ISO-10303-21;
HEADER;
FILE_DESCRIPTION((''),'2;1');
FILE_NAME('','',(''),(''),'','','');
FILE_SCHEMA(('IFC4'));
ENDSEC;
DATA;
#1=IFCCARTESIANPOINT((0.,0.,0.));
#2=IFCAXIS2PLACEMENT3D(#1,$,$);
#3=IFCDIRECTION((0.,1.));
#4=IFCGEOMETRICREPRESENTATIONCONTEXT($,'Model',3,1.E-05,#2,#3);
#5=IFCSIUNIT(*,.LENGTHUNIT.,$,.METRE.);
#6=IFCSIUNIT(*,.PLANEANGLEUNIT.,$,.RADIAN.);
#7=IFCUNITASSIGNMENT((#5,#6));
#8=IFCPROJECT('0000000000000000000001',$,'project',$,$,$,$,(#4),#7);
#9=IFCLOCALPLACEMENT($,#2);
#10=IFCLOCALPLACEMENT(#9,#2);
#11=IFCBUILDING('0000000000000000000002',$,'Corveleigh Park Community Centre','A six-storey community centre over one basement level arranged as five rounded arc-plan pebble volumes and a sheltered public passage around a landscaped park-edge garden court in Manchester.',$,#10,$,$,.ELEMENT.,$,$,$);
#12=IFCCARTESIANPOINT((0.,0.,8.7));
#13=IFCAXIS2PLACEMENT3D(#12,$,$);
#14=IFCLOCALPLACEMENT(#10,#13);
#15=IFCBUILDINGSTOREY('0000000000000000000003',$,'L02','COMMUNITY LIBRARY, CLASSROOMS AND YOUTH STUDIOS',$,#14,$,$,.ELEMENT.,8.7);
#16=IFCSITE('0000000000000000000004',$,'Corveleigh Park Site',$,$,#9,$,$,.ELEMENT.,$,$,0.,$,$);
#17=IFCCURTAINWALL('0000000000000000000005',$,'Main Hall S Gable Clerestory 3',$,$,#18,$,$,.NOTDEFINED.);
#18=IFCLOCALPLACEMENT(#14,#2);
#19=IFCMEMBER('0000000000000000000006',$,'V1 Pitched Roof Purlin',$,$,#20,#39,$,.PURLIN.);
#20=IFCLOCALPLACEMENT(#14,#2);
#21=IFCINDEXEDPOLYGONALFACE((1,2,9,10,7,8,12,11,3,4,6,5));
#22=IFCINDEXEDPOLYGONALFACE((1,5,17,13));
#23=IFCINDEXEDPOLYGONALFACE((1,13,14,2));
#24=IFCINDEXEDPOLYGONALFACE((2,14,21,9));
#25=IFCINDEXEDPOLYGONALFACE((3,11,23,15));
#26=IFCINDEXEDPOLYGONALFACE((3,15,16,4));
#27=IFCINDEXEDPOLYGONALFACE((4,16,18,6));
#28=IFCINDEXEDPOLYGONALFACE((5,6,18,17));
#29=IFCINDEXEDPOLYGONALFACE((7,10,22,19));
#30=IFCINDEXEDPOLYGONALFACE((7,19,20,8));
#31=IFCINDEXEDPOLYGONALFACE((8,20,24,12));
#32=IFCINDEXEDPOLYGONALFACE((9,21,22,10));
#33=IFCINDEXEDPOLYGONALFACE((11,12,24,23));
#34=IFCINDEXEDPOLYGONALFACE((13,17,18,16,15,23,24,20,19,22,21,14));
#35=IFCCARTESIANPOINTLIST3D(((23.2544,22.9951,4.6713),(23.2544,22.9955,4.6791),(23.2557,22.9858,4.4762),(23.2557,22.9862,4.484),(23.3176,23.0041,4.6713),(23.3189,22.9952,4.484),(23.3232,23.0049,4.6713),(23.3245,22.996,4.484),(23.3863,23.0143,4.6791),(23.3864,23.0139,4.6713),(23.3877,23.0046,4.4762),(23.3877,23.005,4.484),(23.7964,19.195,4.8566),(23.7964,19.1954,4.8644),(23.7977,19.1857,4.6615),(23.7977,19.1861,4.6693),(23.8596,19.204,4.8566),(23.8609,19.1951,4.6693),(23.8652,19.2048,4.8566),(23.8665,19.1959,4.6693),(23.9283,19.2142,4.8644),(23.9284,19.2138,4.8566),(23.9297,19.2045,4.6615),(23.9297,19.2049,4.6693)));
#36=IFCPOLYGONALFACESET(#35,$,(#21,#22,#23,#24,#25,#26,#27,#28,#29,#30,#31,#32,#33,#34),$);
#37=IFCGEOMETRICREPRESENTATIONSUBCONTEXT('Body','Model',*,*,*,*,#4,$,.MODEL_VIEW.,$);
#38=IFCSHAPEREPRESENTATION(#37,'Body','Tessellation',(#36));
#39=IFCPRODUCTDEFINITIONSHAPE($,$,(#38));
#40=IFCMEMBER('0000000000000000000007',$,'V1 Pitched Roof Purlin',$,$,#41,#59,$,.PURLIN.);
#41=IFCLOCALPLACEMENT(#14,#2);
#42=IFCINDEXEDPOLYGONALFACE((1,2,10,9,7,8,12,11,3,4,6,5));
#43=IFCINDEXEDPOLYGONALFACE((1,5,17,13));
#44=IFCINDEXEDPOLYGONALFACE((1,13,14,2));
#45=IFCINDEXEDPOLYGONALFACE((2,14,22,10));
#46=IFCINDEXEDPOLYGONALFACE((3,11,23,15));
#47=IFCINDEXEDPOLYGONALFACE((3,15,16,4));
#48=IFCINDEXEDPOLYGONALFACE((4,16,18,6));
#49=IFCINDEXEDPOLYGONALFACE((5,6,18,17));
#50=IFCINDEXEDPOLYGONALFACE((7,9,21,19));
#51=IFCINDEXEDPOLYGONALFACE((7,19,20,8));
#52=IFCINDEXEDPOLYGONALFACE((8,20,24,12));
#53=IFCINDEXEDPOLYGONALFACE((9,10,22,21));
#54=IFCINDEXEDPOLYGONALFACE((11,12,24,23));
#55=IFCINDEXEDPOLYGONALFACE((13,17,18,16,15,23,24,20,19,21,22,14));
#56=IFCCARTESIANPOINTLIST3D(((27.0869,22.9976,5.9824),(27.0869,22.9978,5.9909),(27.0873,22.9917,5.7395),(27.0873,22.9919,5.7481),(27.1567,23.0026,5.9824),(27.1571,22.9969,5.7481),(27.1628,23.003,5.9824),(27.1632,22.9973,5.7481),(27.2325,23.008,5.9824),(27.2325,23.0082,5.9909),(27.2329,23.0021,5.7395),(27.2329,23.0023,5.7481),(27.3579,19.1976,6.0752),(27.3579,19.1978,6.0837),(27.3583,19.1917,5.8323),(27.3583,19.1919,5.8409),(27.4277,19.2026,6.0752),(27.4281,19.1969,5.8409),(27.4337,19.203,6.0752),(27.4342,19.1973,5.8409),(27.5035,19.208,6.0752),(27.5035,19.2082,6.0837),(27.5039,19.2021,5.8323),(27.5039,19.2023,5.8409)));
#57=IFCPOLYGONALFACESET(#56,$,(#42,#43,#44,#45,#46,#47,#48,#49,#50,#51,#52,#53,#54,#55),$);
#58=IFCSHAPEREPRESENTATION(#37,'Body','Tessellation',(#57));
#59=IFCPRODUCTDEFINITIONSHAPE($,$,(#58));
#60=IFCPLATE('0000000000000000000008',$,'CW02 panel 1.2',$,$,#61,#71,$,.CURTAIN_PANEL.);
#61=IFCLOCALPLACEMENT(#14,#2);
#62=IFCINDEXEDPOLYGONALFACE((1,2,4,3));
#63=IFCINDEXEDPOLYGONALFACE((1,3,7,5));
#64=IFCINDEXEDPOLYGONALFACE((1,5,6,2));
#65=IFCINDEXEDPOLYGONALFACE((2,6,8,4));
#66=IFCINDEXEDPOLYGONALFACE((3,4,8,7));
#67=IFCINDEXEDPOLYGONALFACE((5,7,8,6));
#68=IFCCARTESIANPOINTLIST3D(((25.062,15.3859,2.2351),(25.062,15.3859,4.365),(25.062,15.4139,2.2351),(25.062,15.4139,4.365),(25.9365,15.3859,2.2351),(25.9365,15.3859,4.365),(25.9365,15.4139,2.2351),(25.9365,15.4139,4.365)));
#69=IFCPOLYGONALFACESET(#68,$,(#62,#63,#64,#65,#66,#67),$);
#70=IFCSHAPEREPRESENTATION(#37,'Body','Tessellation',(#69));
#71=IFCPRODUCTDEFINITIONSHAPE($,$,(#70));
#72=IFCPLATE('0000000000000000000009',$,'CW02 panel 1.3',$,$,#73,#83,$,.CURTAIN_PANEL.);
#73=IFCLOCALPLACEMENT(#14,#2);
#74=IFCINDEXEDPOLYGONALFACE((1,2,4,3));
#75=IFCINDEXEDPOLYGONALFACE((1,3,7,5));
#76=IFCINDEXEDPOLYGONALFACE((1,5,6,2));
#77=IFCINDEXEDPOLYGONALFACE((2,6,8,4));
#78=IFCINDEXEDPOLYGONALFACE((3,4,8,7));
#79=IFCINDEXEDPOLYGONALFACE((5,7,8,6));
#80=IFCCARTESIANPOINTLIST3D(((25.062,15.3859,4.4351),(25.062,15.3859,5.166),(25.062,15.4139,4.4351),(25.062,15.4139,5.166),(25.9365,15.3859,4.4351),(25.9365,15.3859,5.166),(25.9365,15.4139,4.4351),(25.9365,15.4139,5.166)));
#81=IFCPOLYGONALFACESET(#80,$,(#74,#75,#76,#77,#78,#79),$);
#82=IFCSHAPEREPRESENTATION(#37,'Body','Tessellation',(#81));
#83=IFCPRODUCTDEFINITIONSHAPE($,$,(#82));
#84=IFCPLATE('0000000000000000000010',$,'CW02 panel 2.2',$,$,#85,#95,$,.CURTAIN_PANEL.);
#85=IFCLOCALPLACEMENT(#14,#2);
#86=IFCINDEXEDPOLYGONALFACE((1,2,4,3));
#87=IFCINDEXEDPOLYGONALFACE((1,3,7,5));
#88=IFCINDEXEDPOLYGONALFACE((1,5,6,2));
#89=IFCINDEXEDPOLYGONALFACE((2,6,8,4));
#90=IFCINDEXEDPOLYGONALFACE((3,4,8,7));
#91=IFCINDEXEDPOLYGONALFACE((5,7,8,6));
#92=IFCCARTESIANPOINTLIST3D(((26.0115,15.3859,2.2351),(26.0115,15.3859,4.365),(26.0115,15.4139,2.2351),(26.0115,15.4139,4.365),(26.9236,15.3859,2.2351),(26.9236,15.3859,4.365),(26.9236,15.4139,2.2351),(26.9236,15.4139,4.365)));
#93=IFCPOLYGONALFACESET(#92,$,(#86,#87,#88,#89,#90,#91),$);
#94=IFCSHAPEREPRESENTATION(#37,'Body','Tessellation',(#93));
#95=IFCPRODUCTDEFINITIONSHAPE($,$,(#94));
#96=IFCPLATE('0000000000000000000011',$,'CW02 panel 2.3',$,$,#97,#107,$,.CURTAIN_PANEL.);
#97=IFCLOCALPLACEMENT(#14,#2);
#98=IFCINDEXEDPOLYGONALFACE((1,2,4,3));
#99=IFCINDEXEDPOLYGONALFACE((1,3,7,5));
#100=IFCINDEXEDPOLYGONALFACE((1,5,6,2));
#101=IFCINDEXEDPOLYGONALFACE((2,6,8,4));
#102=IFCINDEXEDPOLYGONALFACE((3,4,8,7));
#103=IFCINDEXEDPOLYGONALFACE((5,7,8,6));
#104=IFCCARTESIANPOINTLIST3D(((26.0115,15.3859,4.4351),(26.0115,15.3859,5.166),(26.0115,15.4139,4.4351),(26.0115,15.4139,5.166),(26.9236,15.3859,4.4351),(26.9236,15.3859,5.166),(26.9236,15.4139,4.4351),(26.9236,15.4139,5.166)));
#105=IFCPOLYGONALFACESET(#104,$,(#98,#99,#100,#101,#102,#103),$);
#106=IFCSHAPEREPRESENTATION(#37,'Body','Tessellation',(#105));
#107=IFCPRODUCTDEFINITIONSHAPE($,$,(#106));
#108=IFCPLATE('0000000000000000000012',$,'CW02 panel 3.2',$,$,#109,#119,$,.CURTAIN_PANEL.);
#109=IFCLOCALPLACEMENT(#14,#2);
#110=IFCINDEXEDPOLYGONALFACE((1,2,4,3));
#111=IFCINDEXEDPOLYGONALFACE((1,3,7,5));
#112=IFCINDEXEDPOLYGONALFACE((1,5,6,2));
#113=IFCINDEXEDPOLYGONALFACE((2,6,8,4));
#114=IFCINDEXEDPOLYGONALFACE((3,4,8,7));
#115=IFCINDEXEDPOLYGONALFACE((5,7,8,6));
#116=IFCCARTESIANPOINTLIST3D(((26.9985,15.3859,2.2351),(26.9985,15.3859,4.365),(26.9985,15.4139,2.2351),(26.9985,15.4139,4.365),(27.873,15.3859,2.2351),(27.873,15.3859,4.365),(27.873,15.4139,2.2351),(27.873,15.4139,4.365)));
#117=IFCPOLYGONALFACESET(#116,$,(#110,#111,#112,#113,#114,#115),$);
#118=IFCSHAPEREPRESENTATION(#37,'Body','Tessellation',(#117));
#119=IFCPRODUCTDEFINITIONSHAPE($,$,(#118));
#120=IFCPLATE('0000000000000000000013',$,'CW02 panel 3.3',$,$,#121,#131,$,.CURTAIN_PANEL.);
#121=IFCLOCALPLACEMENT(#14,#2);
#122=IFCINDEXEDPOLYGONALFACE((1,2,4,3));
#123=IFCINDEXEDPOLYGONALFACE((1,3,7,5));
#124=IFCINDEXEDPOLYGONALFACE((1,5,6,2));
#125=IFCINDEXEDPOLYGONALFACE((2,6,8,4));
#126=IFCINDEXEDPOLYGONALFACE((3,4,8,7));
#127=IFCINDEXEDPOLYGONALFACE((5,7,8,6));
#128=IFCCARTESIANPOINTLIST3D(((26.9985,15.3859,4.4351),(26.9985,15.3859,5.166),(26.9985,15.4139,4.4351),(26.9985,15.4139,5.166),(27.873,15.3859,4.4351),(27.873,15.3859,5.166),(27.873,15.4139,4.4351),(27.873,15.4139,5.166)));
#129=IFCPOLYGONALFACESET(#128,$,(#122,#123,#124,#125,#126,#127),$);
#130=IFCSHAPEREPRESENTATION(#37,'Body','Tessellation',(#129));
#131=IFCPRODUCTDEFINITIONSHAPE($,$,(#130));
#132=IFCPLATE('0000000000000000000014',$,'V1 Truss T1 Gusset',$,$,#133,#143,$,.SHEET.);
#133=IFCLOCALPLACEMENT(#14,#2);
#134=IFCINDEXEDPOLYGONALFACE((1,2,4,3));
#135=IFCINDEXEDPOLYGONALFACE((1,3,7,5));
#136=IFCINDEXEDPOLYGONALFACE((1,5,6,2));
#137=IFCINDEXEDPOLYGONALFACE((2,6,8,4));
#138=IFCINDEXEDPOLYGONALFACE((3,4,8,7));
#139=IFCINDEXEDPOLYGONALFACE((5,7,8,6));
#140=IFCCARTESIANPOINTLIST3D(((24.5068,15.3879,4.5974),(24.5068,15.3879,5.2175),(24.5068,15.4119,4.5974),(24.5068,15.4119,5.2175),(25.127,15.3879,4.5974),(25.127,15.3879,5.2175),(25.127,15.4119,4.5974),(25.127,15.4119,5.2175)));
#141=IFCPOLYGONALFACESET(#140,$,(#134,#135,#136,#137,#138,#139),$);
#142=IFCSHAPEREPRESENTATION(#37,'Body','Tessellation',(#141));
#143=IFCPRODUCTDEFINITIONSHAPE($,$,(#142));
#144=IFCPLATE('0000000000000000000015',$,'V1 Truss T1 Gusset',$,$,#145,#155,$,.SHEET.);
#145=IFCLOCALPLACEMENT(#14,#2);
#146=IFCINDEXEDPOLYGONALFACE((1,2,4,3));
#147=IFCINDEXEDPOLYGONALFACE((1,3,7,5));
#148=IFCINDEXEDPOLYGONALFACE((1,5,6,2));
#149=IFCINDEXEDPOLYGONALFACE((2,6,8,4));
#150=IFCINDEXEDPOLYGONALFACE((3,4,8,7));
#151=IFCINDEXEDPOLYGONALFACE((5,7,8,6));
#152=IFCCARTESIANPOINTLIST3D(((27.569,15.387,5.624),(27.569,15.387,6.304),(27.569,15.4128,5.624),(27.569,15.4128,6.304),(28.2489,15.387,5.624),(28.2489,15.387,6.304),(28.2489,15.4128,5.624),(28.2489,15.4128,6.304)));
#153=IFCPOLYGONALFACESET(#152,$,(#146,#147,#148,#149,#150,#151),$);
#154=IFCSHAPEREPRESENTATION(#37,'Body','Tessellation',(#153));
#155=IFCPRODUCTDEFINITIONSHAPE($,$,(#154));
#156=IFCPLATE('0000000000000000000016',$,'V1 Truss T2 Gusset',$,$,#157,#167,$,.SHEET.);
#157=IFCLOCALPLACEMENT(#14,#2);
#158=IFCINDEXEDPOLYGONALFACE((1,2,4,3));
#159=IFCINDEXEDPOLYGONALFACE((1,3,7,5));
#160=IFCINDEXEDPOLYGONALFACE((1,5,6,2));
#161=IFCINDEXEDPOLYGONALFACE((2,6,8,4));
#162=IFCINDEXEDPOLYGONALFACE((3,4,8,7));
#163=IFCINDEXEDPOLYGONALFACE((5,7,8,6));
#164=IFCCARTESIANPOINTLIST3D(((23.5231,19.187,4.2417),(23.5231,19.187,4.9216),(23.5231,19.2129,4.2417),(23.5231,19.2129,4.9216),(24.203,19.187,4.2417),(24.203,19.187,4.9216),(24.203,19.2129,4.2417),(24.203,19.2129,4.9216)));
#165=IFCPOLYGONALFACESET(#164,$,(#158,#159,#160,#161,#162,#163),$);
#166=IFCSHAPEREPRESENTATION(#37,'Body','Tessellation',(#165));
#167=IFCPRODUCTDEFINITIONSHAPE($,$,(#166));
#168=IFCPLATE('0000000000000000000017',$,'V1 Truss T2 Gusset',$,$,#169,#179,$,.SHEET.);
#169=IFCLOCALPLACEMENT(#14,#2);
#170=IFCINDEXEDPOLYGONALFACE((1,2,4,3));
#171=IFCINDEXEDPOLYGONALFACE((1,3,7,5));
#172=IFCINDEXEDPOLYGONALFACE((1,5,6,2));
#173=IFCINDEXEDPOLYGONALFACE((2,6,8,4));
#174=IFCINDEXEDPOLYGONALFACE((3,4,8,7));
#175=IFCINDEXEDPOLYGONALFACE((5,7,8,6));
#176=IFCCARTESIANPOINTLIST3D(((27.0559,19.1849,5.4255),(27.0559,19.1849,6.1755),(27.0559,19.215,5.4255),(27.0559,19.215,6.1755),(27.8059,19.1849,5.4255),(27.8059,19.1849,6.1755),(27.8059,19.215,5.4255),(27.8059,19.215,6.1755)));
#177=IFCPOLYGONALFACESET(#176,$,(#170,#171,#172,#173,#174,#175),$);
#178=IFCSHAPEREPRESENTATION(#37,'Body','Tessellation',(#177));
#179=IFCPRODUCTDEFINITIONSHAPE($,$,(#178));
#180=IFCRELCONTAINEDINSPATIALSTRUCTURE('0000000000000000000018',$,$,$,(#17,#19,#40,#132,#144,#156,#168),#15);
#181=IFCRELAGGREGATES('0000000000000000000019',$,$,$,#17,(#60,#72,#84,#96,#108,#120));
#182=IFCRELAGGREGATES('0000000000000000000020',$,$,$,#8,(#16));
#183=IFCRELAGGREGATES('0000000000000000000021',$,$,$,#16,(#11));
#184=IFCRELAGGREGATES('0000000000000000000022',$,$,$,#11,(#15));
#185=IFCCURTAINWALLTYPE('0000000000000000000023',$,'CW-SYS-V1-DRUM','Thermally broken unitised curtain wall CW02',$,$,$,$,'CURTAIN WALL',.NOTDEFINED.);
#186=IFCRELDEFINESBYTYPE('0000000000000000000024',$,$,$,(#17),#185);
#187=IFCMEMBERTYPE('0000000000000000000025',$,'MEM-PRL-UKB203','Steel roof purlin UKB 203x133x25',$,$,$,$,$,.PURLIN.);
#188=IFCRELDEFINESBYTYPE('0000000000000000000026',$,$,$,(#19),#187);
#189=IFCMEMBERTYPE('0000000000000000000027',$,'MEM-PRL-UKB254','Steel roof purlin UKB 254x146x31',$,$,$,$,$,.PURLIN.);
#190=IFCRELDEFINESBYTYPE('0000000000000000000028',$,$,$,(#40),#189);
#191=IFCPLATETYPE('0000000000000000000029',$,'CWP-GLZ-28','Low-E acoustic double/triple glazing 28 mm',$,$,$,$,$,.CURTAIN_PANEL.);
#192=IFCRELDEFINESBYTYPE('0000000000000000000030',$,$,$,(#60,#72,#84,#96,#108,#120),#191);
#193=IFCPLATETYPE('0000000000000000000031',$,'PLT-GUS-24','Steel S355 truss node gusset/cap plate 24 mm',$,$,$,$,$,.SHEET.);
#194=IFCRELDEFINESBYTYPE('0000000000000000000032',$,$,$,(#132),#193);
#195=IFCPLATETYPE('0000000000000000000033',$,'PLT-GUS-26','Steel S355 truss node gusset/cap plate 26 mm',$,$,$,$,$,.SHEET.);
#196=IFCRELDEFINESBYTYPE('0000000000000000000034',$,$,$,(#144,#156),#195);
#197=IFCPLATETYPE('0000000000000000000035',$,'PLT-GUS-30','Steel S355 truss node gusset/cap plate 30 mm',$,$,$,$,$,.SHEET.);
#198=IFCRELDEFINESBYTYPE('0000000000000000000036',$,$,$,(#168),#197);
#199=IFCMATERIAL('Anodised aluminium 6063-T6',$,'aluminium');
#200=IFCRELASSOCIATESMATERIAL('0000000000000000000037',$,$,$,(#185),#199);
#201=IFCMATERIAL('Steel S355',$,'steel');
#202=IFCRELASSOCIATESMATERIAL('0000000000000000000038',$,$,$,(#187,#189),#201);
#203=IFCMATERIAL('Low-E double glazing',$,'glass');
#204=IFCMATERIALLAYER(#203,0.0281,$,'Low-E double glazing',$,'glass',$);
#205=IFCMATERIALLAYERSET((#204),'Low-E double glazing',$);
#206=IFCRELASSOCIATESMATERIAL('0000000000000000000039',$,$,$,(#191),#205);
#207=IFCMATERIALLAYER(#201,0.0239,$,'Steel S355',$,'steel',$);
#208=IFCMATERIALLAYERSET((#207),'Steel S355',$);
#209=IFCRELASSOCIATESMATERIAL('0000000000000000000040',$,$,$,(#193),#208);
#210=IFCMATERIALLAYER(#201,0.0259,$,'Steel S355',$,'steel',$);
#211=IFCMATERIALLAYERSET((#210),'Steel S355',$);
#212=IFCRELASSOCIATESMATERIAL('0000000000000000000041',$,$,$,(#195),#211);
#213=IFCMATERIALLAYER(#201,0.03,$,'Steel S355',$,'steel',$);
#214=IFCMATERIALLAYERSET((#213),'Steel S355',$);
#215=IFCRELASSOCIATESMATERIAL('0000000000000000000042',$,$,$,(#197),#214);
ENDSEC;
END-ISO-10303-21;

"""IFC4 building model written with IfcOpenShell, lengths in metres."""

from ifc_helpers import new_model, si_unit, direction, frame, origin, origin_2d, place, context, subcontext, project, spatial, rectangle, i_section, extrude, material, layer, layer_set, material_profile, profile_set, type_object, element, aggregate, save


model = new_model("IFC4")

# Units and contexts
model_context = context("Model", 3, precision=1e-05, world=origin(), true_north=direction((0.0, 1.0)))
body_context = subcontext(model_context, "Body", "Model", "MODEL_VIEW")
ifc_project = project(units=[si_unit("LENGTHUNIT", "METRE"), si_unit("PLANEANGLEUNIT", "RADIAN")], contexts=[model_context])

# Site, building, storey
site_placement = place(None, origin())
site = spatial("IfcSite", under=ifc_project, at=site_placement, Name="Corveleigh Park Site", CompositionType="ELEMENT", RefElevation=0.0)
building_placement = place(site_placement, origin())
building = spatial("IfcBuilding", under=site, at=building_placement, Name="Corveleigh Park Community Centre", Description="A six-storey community centre over one basement level arranged as five rounded arc-plan pebble volumes and a sheltered public passage around a landscaped park-edge garden court in Manchester.", CompositionType="ELEMENT")
storey_placement = place(building_placement, frame((0.0, 0.0, 8.7)))
storey = spatial("IfcBuildingStorey", under=building, at=storey_placement, Name="L02", Description="COMMUNITY LIBRARY, CLASSROOMS AND YOUTH STUDIOS", CompositionType="ELEMENT", Elevation=8.7)

# Shared definitions
ifc_material_1 = material(Name="Anodised aluminium 6063-T6", Category="aluminium")
curtain_wall_type = type_object("IfcCurtainWallType", Name="CW-SYS-V1-DRUM", Description="Thermally broken unitised curtain wall CW02", ElementType="CURTAIN WALL", PredefinedType="NOTDEFINED", material=ifc_material_1)

# Curtain wall
curtain_wall_1_placement = place(storey_placement, origin())
curtain_wall_1 = element("IfcCurtainWall", 1, at=curtain_wall_1_placement, inside=storey, type_object=curtain_wall_type, Name="Main Hall S Gable Clerestory 3", PredefinedType="NOTDEFINED")

# Members
ifc_material_2 = material(Name="Steel S355", Category="steel")
ifc_material_profile_1 = material_profile(ifc_material_2, i_section(OverallWidth=0.1333, OverallDepth=0.2031, WebThickness=0.0056, FlangeThickness=0.0078, at=origin_2d()), Name="UKB 203x133x25", Category="steel")
ifc_profile_set_1 = profile_set([ifc_material_profile_1], Name="Steel S355")
member_type_1 = type_object("IfcMemberType", Name="MEM-PRL-UKB203", Description="Steel roof purlin UKB 203x133x25", PredefinedType="PURLIN", material=ifc_profile_set_1)
member_1_placement = place(storey_placement, frame((23.863, 19.2, 4.7629), z_axis=(-0.141035, 0.98883, -0.048219), x_axis=(-0.989981, -0.141199, 0.0)))
element("IfcMember", 2, at=member_1_placement, inside=storey, type_object=member_type_1, Name="V1 Pitched Roof Purlin", PredefinedType="PURLIN", context=body_context, shape_type="SweptSolid", body=[
    extrude(i_section(OverallWidth=0.1333, OverallDepth=0.2031, WebThickness=0.0056, FlangeThickness=0.0078, at=origin_2d()), origin(), (0.0, 0.0, 1.0), 3.843),
])
ifc_material_profile_2 = material_profile(ifc_material_2, i_section(OverallWidth=0.146, OverallDepth=0.2515, WebThickness=0.0061, FlangeThickness=0.0085, at=origin_2d()), Name="UKB 254x146x31", Category="steel")
ifc_profile_set_2 = profile_set([ifc_material_profile_2], Name="Steel S355")
member_type_2 = type_object("IfcMemberType", Name="MEM-PRL-UKB254", Description="Steel roof purlin UKB 254x146x31", PredefinedType="PURLIN", material=ifc_profile_set_2)
member_2_placement = place(storey_placement, frame((27.4309, 19.2, 5.958), z_axis=(-0.071112, 0.997171, -0.024345), x_axis=(-0.997467, -0.071133, 0.0)))
element("IfcMember", 3, at=member_2_placement, inside=storey, type_object=member_type_2, Name="V1 Pitched Roof Purlin", PredefinedType="PURLIN", context=body_context, shape_type="SweptSolid", body=[
    extrude(i_section(OverallWidth=0.146, OverallDepth=0.2515, WebThickness=0.0061, FlangeThickness=0.0085, at=origin_2d()), origin(), (0.0, 0.0, 1.0), 3.8108),
])

# Plates
ifc_material_3 = material(Name="Low-E double glazing", Category="glass")
ifc_layer_1 = layer(ifc_material_3, 0.0281, Name="Low-E double glazing", Category="glass")
ifc_layer_set_1 = layer_set([ifc_layer_1], Name="Low-E double glazing")
plate_type_1 = type_object("IfcPlateType", Name="CWP-GLZ-28", Description="Low-E acoustic double/triple glazing 28 mm", PredefinedType="CURTAIN_PANEL", material=ifc_layer_set_1)
plate_1_placement = place(storey_placement, frame((25.4993, 15.3999, 2.2351), z_axis=(0.0, 0.0, 1.0), x_axis=(1.0, 0.0, 0.0)))
plate_1 = element("IfcPlate", 4, at=plate_1_placement, type_object=plate_type_1, Name="CW02 panel 1.2", PredefinedType="CURTAIN_PANEL", context=body_context, shape_type="SweptSolid", body=[
    extrude(rectangle(XDim=0.8745, YDim=0.0281, at=origin_2d()), origin(), (0.0, 0.0, 1.0), 2.1299),
])
plate_2_placement = place(storey_placement, frame((25.4993, 15.3999, 4.4351), z_axis=(0.0, 0.0, 1.0), x_axis=(1.0, 0.0, 0.0)))
plate_2 = element("IfcPlate", 5, at=plate_2_placement, type_object=plate_type_1, Name="CW02 panel 1.3", PredefinedType="CURTAIN_PANEL", context=body_context, shape_type="SweptSolid", body=[
    extrude(rectangle(XDim=0.8745, YDim=0.0281, at=origin_2d()), origin(), (0.0, 0.0, 1.0), 0.731),
])
plate_3_placement = place(storey_placement, frame((26.4675, 15.3999, 2.2351), z_axis=(0.0, 0.0, 1.0), x_axis=(1.0, 0.0, 0.0)))
plate_3 = element("IfcPlate", 6, at=plate_3_placement, type_object=plate_type_1, Name="CW02 panel 2.2", PredefinedType="CURTAIN_PANEL", context=body_context, shape_type="SweptSolid", body=[
    extrude(rectangle(XDim=0.9121, YDim=0.0281, at=origin_2d()), origin(), (0.0, 0.0, 1.0), 2.1299),
])
plate_4_placement = place(storey_placement, frame((26.4675, 15.3999, 4.4351), z_axis=(0.0, 0.0, 1.0), x_axis=(1.0, 0.0, 0.0)))
plate_4 = element("IfcPlate", 7, at=plate_4_placement, type_object=plate_type_1, Name="CW02 panel 2.3", PredefinedType="CURTAIN_PANEL", context=body_context, shape_type="SweptSolid", body=[
    extrude(rectangle(XDim=0.9121, YDim=0.0281, at=origin_2d()), origin(), (0.0, 0.0, 1.0), 0.731),
])
plate_5_placement = place(storey_placement, frame((27.4358, 15.3999, 2.2351), z_axis=(0.0, 0.0, 1.0), x_axis=(1.0, 0.0, 0.0)))
plate_5 = element("IfcPlate", 8, at=plate_5_placement, type_object=plate_type_1, Name="CW02 panel 3.2", PredefinedType="CURTAIN_PANEL", context=body_context, shape_type="SweptSolid", body=[
    extrude(rectangle(XDim=0.8745, YDim=0.0281, at=origin_2d()), origin(), (0.0, 0.0, 1.0), 2.1299),
])
plate_6_placement = place(storey_placement, frame((27.4358, 15.3999, 4.4351), z_axis=(0.0, 0.0, 1.0), x_axis=(1.0, 0.0, 0.0)))
plate_6 = element("IfcPlate", 9, at=plate_6_placement, type_object=plate_type_1, Name="CW02 panel 3.3", PredefinedType="CURTAIN_PANEL", context=body_context, shape_type="SweptSolid", body=[
    extrude(rectangle(XDim=0.8745, YDim=0.0281, at=origin_2d()), origin(), (0.0, 0.0, 1.0), 0.731),
])
aggregate(curtain_wall_1, [plate_1, plate_2, plate_3, plate_4, plate_5, plate_6])

# Plates
ifc_layer_2 = layer(ifc_material_2, 0.0239, Name="Steel S355", Category="steel")
ifc_layer_set_2 = layer_set([ifc_layer_2], Name="Steel S355")
plate_type_2 = type_object("IfcPlateType", Name="PLT-GUS-24", Description="Steel S355 truss node gusset/cap plate 24 mm", PredefinedType="SHEET", material=ifc_layer_set_2)
plate_7_placement = place(storey_placement, frame((24.8169, 15.3999, 4.5974), z_axis=(0.0, 0.0, 1.0), x_axis=(1.0, 0.0, 0.0)))
element("IfcPlate", 10, at=plate_7_placement, inside=storey, type_object=plate_type_2, Name="V1 Truss T1 Gusset", PredefinedType="SHEET", context=body_context, shape_type="SweptSolid", body=[
    extrude(rectangle(XDim=0.6201, YDim=0.0239, at=origin_2d()), origin(), (0.0, 0.0, 1.0), 0.6201),
])
ifc_layer_3 = layer(ifc_material_2, 0.0259, Name="Steel S355", Category="steel")
ifc_layer_set_3 = layer_set([ifc_layer_3], Name="Steel S355")
plate_type_3 = type_object("IfcPlateType", Name="PLT-GUS-26", Description="Steel S355 truss node gusset/cap plate 26 mm", PredefinedType="SHEET", material=ifc_layer_set_3)
for number, where, z_axis, x_axis, name in (
    (11, (27.9089, 15.3999, 5.624), (0.0, 0.0, 1.0), (1.0, 0.0, 0.0), "V1 Truss T1 Gusset"),
    (12, (23.863, 19.2, 4.2417), (0.0, 0.0, 1.0), (1.0, 0.0, 0.0), "V1 Truss T2 Gusset"),
):
    element("IfcPlate", number, at=place(storey_placement, frame(where, z_axis=z_axis, x_axis=x_axis)), inside=storey, type_object=plate_type_3, Name=name, PredefinedType="SHEET", context=body_context, shape_type="SweptSolid", body=[
        extrude(rectangle(XDim=0.6799, YDim=0.0259, at=origin_2d()), origin(), (0.0, 0.0, 1.0), 0.6799),
    ])
ifc_layer_4 = layer(ifc_material_2, 0.03, Name="Steel S355", Category="steel")
ifc_layer_set_4 = layer_set([ifc_layer_4], Name="Steel S355")
plate_type_4 = type_object("IfcPlateType", Name="PLT-GUS-30", Description="Steel S355 truss node gusset/cap plate 30 mm", PredefinedType="SHEET", material=ifc_layer_set_4)
plate_8_placement = place(storey_placement, frame((27.4309, 19.2, 5.4255), z_axis=(0.0, 0.0, 1.0), x_axis=(1.0, 0.0, 0.0)))
element("IfcPlate", 13, at=plate_8_placement, inside=storey, type_object=plate_type_4, Name="V1 Truss T2 Gusset", PredefinedType="SHEET", context=body_context, shape_type="SweptSolid", body=[
    extrude(rectangle(XDim=0.75, YDim=0.03, at=origin_2d()), origin(), (0.0, 0.0, 1.0), 0.75),
])

save(model, "model.ifc")
